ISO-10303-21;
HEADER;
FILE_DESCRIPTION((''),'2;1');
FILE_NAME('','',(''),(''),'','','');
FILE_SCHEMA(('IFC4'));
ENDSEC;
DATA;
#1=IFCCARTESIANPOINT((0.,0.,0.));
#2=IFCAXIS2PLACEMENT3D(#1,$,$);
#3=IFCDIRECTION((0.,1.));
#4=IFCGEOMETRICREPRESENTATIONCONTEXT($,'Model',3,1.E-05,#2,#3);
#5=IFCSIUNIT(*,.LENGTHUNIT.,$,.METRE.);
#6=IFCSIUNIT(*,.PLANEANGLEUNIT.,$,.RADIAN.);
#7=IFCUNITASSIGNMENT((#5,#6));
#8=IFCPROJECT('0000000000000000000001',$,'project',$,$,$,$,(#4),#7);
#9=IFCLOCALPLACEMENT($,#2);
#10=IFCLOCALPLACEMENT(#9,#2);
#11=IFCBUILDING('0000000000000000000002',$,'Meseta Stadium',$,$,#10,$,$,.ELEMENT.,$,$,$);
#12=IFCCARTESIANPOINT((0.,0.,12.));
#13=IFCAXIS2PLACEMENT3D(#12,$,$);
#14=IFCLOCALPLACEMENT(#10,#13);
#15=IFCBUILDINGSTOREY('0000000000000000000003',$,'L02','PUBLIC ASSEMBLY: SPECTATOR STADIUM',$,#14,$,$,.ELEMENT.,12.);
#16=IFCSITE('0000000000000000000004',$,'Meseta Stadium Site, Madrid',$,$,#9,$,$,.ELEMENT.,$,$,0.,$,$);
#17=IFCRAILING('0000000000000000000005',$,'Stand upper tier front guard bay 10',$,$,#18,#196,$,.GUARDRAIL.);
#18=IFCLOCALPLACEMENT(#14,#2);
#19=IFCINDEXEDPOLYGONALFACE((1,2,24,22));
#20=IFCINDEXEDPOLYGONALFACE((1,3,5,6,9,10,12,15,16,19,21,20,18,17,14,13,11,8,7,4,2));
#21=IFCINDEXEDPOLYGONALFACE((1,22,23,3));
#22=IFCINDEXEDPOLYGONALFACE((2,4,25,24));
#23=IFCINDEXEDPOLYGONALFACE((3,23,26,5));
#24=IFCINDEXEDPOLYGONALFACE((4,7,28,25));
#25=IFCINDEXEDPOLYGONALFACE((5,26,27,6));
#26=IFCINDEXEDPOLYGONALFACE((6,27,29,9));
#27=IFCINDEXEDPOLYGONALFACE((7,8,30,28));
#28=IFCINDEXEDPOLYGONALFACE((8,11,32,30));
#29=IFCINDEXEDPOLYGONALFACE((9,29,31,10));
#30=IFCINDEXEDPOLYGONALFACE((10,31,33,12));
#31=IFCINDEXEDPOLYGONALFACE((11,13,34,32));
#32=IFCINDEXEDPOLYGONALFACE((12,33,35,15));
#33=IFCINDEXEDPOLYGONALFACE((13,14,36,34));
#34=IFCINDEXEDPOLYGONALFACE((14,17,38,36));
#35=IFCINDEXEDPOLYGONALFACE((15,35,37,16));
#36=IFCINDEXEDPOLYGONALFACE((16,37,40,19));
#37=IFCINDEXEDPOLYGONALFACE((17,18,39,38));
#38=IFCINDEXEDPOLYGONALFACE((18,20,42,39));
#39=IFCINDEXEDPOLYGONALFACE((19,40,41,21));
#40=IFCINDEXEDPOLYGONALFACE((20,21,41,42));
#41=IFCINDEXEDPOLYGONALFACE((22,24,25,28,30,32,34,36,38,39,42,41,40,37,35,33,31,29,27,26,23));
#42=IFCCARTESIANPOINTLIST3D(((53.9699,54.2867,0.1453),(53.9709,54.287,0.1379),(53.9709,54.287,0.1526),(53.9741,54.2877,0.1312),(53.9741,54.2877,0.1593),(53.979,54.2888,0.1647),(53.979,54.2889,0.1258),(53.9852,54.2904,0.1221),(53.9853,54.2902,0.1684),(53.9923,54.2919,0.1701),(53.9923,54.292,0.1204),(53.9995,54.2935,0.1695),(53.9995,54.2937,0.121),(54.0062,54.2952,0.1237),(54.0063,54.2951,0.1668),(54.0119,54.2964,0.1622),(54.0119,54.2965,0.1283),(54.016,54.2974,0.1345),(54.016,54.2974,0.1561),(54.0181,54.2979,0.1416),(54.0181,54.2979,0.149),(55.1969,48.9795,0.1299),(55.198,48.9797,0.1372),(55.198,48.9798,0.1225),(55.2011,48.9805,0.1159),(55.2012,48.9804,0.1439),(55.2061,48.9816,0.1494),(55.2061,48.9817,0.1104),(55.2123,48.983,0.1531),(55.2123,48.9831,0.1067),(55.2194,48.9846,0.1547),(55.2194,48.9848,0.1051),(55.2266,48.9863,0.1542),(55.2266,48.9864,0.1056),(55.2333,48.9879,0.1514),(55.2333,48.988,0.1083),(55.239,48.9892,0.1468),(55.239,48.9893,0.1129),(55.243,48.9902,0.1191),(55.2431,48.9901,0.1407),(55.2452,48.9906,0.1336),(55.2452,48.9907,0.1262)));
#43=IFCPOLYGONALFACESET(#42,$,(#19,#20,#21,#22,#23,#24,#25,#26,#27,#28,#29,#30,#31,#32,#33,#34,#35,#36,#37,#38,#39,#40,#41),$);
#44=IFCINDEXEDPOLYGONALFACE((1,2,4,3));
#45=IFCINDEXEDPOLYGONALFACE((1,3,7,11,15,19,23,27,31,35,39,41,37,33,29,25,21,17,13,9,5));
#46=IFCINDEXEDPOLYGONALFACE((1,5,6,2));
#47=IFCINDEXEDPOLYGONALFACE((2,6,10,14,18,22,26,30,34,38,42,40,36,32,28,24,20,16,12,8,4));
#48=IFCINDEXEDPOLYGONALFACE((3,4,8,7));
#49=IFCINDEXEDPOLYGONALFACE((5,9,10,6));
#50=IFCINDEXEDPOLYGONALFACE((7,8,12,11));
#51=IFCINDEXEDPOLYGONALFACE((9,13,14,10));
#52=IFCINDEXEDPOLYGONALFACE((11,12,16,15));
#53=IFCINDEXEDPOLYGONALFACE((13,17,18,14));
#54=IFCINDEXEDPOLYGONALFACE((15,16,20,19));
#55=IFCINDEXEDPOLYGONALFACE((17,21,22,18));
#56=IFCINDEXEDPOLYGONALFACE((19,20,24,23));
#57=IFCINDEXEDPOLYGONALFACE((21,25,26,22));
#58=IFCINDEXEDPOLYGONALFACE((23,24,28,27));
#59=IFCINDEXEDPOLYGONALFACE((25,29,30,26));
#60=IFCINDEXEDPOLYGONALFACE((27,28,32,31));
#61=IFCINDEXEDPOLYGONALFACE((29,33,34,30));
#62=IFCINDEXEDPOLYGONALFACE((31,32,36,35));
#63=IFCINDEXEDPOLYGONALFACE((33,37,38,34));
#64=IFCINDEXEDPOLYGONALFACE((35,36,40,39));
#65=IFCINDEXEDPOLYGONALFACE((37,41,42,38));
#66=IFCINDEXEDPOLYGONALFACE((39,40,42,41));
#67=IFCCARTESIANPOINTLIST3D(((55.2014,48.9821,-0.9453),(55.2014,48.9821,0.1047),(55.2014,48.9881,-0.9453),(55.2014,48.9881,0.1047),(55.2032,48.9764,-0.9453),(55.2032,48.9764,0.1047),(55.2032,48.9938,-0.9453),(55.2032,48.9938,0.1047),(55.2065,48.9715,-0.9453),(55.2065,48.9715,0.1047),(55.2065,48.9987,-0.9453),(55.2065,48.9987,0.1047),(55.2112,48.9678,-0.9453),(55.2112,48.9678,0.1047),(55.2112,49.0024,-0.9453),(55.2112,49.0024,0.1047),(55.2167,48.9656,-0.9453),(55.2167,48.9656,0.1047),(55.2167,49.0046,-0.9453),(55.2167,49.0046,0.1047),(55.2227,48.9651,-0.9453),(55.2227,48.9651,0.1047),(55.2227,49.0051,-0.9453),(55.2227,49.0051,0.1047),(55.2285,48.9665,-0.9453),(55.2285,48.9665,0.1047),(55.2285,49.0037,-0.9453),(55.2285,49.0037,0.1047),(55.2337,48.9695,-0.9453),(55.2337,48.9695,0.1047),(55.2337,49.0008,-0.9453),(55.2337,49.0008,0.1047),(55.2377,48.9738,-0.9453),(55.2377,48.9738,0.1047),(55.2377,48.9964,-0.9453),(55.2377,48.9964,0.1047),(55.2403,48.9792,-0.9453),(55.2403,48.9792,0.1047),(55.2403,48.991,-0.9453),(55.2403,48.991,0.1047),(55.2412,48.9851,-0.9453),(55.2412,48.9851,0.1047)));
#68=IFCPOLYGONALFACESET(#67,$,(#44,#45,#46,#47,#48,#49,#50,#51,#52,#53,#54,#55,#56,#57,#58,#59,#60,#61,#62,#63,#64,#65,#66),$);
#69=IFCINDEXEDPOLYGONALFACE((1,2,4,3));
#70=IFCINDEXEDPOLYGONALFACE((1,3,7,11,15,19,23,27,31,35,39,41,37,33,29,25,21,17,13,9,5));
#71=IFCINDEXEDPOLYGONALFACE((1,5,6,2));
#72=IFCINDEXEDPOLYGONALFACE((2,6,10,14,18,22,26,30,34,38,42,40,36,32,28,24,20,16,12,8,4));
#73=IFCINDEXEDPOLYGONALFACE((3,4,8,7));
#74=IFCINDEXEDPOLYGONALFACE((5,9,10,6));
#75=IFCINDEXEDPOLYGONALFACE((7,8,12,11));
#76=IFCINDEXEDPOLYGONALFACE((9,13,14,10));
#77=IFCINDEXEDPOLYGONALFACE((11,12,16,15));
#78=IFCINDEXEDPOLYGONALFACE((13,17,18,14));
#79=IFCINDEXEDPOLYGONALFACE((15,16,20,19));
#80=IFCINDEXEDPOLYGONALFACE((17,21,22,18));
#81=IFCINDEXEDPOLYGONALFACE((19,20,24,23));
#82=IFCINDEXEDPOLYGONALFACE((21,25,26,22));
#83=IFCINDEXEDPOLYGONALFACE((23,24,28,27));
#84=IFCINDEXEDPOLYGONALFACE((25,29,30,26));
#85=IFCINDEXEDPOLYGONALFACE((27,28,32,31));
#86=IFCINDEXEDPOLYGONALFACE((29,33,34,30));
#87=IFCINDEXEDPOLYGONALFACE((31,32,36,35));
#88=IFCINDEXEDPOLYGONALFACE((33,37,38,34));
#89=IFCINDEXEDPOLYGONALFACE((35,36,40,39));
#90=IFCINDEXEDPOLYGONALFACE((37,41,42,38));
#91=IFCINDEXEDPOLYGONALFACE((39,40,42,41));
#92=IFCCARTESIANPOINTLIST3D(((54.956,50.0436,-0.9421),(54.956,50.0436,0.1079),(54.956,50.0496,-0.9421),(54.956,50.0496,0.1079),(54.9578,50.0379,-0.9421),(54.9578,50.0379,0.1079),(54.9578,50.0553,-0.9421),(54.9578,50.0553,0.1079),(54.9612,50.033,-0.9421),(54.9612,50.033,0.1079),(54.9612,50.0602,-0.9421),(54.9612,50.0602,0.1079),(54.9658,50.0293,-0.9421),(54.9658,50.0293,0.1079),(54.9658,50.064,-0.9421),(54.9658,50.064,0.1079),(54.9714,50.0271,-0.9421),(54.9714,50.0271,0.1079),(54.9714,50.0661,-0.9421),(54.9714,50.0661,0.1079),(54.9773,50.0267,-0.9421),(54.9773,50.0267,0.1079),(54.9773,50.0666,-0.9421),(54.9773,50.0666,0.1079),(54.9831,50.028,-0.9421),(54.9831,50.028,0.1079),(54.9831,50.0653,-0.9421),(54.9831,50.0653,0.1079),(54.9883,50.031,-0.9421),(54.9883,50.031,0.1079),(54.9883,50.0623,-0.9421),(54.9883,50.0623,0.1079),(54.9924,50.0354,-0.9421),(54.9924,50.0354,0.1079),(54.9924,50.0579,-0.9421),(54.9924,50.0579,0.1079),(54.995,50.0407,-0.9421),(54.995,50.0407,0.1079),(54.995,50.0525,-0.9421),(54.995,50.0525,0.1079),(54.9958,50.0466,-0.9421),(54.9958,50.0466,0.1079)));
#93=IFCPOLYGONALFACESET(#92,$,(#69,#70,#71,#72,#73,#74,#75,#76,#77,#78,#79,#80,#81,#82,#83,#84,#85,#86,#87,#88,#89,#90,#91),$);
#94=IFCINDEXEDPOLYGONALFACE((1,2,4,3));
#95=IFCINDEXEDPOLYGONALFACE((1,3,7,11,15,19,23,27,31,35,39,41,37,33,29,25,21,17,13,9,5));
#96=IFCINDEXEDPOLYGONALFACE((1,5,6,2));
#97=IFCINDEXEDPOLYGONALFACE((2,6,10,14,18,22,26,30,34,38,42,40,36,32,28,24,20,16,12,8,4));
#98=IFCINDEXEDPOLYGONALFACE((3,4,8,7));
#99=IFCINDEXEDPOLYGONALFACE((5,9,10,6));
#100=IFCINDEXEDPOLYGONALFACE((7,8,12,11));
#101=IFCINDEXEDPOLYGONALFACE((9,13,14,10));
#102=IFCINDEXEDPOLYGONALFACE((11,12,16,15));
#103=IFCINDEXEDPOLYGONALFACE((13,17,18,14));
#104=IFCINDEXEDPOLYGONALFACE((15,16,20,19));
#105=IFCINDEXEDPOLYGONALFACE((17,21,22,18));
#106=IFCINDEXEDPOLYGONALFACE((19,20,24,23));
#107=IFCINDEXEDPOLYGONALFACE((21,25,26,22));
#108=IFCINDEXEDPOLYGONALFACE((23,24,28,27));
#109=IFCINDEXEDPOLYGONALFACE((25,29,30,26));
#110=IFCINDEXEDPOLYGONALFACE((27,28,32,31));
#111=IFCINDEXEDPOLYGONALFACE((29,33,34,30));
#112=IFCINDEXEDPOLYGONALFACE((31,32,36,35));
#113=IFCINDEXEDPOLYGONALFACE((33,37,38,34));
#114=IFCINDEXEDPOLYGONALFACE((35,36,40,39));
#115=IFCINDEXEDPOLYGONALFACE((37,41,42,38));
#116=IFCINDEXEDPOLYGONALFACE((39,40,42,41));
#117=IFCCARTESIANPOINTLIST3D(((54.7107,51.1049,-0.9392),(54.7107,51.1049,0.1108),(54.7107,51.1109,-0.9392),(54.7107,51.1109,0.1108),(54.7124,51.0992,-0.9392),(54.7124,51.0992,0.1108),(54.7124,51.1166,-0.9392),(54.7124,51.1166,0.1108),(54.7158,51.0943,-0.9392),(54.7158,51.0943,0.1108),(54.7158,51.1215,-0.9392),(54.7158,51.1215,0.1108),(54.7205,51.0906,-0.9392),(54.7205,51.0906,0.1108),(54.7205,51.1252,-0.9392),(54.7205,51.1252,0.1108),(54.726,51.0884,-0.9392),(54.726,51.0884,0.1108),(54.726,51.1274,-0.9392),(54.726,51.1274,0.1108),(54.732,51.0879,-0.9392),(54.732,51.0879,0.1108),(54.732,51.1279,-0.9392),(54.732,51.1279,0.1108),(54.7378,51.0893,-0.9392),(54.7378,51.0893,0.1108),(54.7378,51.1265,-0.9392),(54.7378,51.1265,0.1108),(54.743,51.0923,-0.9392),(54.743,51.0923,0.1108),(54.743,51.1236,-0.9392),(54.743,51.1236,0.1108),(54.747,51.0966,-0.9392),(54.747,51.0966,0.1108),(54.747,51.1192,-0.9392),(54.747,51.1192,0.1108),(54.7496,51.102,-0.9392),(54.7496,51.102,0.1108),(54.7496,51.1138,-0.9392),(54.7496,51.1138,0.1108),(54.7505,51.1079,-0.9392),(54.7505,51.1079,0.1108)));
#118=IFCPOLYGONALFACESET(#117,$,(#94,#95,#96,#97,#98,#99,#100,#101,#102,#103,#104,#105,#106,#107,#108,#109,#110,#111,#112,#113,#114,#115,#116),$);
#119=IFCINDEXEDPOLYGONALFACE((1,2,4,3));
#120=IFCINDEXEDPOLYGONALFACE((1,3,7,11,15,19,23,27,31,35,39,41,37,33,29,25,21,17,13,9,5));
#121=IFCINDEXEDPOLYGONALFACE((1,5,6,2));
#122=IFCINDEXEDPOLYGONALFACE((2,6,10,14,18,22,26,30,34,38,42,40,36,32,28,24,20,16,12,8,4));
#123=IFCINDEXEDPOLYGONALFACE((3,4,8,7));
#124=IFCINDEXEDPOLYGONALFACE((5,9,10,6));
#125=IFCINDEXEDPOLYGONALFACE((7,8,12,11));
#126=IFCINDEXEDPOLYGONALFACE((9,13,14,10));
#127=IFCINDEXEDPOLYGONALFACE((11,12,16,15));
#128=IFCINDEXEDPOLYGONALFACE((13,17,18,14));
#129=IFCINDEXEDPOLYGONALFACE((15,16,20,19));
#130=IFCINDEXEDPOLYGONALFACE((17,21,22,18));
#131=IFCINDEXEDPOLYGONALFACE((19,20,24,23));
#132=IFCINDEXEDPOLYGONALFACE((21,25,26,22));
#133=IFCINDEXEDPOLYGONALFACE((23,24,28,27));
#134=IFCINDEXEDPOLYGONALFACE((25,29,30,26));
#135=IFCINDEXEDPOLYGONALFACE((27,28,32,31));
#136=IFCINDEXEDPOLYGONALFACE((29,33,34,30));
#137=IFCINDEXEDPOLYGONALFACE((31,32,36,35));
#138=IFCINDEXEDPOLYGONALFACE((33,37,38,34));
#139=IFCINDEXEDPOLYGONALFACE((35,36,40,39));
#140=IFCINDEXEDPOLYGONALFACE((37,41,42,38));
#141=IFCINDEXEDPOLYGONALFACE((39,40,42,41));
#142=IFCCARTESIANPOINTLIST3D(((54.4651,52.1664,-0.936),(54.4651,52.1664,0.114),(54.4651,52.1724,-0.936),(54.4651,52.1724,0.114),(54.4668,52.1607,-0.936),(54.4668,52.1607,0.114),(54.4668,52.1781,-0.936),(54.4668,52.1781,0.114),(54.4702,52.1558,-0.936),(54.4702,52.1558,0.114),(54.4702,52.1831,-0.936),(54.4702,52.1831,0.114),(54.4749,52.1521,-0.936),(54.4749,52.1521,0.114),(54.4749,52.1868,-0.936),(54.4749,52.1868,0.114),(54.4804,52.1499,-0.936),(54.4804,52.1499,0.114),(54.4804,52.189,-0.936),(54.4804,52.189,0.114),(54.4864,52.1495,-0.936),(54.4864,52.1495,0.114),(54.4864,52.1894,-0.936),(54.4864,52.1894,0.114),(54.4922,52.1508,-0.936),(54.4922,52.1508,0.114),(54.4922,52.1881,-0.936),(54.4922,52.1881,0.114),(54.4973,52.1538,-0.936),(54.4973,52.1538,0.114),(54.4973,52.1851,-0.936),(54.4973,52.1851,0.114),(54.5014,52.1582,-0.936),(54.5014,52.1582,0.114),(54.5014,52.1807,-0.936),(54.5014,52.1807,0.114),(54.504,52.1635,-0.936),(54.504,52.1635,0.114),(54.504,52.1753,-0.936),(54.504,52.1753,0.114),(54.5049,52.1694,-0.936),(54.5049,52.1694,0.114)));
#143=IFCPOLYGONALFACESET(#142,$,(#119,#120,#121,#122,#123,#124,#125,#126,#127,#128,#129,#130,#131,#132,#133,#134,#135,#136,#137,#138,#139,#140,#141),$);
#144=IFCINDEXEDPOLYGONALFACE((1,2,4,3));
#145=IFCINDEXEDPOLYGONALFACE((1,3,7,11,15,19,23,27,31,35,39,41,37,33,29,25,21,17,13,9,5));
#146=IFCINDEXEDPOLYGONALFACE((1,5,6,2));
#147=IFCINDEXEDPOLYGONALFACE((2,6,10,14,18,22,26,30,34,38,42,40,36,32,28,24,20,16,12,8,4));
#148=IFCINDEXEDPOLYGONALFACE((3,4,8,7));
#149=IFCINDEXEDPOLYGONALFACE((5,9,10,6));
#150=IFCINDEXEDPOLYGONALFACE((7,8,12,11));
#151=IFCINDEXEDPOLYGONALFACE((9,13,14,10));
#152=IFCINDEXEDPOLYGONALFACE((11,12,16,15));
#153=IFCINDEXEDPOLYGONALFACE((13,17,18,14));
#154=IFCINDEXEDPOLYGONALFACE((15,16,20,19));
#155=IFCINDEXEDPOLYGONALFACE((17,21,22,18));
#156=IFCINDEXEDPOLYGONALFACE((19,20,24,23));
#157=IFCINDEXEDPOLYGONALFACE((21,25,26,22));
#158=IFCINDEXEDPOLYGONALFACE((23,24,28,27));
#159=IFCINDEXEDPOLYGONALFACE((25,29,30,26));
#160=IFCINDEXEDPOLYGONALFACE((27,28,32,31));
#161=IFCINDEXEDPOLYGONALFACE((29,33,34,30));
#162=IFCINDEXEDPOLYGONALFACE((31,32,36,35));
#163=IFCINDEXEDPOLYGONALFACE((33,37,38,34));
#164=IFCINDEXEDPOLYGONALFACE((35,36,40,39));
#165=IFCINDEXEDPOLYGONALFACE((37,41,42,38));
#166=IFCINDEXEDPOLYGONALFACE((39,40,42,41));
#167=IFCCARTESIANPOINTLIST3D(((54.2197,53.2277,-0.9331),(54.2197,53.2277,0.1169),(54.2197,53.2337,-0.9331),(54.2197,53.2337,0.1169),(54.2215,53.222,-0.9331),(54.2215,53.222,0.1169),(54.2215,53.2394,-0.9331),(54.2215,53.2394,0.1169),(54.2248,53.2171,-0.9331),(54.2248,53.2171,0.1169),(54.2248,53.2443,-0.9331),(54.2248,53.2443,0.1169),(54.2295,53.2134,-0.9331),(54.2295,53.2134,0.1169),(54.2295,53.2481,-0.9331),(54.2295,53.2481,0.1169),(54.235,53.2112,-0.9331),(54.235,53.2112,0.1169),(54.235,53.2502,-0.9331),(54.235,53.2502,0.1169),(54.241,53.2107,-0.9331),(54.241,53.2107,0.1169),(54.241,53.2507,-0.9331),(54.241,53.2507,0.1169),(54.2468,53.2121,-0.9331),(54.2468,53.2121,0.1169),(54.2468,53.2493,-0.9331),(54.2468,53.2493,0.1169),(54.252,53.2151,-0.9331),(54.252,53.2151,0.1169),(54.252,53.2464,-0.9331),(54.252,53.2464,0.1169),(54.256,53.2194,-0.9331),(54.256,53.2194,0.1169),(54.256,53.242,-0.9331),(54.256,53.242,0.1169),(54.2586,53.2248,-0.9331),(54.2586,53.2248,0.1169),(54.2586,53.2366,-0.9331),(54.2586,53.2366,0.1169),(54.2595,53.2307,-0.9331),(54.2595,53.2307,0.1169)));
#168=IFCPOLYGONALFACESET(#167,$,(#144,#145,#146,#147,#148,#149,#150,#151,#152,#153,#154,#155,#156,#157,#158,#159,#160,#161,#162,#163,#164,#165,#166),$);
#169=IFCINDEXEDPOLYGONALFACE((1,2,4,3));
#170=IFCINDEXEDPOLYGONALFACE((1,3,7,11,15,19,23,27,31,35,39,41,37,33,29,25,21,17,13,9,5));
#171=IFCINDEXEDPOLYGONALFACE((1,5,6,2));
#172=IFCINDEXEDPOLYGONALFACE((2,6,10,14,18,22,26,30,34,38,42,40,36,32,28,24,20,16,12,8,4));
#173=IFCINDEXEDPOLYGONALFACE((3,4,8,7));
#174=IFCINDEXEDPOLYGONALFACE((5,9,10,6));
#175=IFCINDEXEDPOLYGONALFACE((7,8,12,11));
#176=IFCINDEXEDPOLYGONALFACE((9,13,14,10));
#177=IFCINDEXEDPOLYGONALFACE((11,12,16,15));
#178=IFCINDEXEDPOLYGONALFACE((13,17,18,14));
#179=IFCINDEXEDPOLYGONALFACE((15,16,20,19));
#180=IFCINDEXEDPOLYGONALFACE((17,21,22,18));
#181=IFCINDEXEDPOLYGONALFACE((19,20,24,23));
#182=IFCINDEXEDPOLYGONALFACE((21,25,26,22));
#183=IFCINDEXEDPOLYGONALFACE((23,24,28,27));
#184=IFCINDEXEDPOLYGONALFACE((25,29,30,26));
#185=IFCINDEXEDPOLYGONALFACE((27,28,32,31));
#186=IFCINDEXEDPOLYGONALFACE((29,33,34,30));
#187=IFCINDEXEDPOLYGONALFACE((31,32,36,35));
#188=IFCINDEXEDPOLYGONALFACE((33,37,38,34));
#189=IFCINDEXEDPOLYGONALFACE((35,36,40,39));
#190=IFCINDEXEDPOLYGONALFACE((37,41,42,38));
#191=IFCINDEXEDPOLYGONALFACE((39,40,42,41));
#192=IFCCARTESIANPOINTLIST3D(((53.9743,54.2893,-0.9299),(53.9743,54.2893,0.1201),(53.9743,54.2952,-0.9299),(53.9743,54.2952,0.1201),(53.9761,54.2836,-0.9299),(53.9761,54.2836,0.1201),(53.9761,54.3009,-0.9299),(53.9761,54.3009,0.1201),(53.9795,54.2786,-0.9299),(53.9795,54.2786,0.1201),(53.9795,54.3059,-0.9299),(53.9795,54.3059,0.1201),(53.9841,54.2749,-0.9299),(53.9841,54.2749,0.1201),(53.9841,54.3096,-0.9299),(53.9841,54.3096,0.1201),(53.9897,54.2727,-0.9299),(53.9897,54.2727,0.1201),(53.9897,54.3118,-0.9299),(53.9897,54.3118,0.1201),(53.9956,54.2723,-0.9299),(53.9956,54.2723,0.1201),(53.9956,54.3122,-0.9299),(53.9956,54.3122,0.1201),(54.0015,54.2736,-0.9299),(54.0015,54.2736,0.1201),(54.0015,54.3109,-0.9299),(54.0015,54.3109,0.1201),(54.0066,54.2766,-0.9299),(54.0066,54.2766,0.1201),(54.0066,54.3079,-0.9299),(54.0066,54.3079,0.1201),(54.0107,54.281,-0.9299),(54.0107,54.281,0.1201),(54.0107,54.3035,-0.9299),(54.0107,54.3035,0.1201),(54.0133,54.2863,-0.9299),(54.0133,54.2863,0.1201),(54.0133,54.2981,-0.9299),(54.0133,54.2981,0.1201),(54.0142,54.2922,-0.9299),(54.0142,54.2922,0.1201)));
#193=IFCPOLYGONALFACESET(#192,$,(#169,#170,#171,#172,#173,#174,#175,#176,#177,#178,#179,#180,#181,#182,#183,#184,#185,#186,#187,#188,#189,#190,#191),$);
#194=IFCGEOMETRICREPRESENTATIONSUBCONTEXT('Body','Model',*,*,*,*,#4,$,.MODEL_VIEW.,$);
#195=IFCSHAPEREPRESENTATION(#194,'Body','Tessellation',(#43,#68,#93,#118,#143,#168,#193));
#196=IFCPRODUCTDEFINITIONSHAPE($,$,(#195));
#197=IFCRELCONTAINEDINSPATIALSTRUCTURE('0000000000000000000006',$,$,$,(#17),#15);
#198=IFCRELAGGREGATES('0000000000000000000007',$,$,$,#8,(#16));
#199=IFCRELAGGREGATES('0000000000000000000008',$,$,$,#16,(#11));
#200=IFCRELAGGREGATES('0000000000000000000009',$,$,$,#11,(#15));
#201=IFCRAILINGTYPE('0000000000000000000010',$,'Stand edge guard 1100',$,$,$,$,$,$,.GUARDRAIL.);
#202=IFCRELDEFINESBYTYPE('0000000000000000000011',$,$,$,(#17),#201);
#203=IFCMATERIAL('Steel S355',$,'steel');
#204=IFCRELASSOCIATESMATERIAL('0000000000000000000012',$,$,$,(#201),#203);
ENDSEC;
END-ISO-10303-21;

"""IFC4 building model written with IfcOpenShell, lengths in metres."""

from ifc_helpers import new_model, si_unit, direction, frame, origin, origin_2d, place, context, subcontext, project, spatial, circle, extrude, material, type_object, element, save


model = new_model("IFC4")

# Units and contexts
model_context = context("Model", 3, precision=1e-05, world=origin(), true_north=direction((0.0, 1.0)))
body_context = subcontext(model_context, "Body", "Model", "MODEL_VIEW")
ifc_project = project(units=[si_unit("LENGTHUNIT", "METRE"), si_unit("PLANEANGLEUNIT", "RADIAN")], contexts=[model_context])

# Site, building, storey
site_placement = place(None, origin())
site = spatial("IfcSite", under=ifc_project, at=site_placement, Name="Meseta Stadium Site, Madrid", CompositionType="ELEMENT", RefElevation=0.0)
building_placement = place(site_placement, origin())
building = spatial("IfcBuilding", under=site, at=building_placement, Name="Meseta Stadium", CompositionType="ELEMENT")
storey_placement = place(building_placement, frame((0.0, 0.0, 12.0)))
storey = spatial("IfcBuildingStorey", under=building, at=storey_placement, Name="L02", Description="PUBLIC ASSEMBLY: SPECTATOR STADIUM", CompositionType="ELEMENT", Elevation=12.0)

# Railing
ifc_material_1 = material(Name="Steel S355", Category="steel")
railing_type = type_object("IfcRailingType", Name="Stand edge guard 1100", PredefinedType="GUARDRAIL", material=ifc_material_1)
railing_1_placement = place(storey_placement, frame((55.2212, 48.9851, -0.9453)))
element("IfcRailing", 1, at=railing_1_placement, inside=storey, type_object=railing_type, Name="Stand upper tier front guard bay 10", PredefinedType="GUARDRAIL", context=body_context, shape_type="SweptSolid", body=[
    extrude(circle(Radius=0.0249, at=origin_2d()), frame((0.0, 0.0, 1.0752), z_axis=(-0.225264, 0.974294, 0.002824), x_axis=(-0.974297, -0.225265, 0.0)), (0.0, 0.0, 1.0), 5.4473),
    extrude(circle(Radius=0.02, at=origin_2d()), origin(), (0.0, 0.0, 1.0), 1.05),
    extrude(circle(Radius=0.02, at=origin_2d()), frame((-0.2454, 1.0615, 0.0032)), (0.0, 0.0, 1.0), 1.05),
    extrude(circle(Radius=0.02, at=origin_2d()), frame((-0.4907, 2.1228, 0.0061)), (0.0, 0.0, 1.0), 1.05),
    extrude(circle(Radius=0.02, at=origin_2d()), frame((-0.7363, 3.1843, 0.0093)), (0.0, 0.0, 1.0), 1.05),
    extrude(circle(Radius=0.02, at=origin_2d()), frame((-0.9817, 4.2456, 0.0122)), (0.0, 0.0, 1.0), 1.05),
    extrude(circle(Radius=0.02, at=origin_2d()), frame((-1.2271, 5.3071, 0.0154)), (0.0, 0.0, 1.0), 1.05),
])

save(model, "model.ifc")
